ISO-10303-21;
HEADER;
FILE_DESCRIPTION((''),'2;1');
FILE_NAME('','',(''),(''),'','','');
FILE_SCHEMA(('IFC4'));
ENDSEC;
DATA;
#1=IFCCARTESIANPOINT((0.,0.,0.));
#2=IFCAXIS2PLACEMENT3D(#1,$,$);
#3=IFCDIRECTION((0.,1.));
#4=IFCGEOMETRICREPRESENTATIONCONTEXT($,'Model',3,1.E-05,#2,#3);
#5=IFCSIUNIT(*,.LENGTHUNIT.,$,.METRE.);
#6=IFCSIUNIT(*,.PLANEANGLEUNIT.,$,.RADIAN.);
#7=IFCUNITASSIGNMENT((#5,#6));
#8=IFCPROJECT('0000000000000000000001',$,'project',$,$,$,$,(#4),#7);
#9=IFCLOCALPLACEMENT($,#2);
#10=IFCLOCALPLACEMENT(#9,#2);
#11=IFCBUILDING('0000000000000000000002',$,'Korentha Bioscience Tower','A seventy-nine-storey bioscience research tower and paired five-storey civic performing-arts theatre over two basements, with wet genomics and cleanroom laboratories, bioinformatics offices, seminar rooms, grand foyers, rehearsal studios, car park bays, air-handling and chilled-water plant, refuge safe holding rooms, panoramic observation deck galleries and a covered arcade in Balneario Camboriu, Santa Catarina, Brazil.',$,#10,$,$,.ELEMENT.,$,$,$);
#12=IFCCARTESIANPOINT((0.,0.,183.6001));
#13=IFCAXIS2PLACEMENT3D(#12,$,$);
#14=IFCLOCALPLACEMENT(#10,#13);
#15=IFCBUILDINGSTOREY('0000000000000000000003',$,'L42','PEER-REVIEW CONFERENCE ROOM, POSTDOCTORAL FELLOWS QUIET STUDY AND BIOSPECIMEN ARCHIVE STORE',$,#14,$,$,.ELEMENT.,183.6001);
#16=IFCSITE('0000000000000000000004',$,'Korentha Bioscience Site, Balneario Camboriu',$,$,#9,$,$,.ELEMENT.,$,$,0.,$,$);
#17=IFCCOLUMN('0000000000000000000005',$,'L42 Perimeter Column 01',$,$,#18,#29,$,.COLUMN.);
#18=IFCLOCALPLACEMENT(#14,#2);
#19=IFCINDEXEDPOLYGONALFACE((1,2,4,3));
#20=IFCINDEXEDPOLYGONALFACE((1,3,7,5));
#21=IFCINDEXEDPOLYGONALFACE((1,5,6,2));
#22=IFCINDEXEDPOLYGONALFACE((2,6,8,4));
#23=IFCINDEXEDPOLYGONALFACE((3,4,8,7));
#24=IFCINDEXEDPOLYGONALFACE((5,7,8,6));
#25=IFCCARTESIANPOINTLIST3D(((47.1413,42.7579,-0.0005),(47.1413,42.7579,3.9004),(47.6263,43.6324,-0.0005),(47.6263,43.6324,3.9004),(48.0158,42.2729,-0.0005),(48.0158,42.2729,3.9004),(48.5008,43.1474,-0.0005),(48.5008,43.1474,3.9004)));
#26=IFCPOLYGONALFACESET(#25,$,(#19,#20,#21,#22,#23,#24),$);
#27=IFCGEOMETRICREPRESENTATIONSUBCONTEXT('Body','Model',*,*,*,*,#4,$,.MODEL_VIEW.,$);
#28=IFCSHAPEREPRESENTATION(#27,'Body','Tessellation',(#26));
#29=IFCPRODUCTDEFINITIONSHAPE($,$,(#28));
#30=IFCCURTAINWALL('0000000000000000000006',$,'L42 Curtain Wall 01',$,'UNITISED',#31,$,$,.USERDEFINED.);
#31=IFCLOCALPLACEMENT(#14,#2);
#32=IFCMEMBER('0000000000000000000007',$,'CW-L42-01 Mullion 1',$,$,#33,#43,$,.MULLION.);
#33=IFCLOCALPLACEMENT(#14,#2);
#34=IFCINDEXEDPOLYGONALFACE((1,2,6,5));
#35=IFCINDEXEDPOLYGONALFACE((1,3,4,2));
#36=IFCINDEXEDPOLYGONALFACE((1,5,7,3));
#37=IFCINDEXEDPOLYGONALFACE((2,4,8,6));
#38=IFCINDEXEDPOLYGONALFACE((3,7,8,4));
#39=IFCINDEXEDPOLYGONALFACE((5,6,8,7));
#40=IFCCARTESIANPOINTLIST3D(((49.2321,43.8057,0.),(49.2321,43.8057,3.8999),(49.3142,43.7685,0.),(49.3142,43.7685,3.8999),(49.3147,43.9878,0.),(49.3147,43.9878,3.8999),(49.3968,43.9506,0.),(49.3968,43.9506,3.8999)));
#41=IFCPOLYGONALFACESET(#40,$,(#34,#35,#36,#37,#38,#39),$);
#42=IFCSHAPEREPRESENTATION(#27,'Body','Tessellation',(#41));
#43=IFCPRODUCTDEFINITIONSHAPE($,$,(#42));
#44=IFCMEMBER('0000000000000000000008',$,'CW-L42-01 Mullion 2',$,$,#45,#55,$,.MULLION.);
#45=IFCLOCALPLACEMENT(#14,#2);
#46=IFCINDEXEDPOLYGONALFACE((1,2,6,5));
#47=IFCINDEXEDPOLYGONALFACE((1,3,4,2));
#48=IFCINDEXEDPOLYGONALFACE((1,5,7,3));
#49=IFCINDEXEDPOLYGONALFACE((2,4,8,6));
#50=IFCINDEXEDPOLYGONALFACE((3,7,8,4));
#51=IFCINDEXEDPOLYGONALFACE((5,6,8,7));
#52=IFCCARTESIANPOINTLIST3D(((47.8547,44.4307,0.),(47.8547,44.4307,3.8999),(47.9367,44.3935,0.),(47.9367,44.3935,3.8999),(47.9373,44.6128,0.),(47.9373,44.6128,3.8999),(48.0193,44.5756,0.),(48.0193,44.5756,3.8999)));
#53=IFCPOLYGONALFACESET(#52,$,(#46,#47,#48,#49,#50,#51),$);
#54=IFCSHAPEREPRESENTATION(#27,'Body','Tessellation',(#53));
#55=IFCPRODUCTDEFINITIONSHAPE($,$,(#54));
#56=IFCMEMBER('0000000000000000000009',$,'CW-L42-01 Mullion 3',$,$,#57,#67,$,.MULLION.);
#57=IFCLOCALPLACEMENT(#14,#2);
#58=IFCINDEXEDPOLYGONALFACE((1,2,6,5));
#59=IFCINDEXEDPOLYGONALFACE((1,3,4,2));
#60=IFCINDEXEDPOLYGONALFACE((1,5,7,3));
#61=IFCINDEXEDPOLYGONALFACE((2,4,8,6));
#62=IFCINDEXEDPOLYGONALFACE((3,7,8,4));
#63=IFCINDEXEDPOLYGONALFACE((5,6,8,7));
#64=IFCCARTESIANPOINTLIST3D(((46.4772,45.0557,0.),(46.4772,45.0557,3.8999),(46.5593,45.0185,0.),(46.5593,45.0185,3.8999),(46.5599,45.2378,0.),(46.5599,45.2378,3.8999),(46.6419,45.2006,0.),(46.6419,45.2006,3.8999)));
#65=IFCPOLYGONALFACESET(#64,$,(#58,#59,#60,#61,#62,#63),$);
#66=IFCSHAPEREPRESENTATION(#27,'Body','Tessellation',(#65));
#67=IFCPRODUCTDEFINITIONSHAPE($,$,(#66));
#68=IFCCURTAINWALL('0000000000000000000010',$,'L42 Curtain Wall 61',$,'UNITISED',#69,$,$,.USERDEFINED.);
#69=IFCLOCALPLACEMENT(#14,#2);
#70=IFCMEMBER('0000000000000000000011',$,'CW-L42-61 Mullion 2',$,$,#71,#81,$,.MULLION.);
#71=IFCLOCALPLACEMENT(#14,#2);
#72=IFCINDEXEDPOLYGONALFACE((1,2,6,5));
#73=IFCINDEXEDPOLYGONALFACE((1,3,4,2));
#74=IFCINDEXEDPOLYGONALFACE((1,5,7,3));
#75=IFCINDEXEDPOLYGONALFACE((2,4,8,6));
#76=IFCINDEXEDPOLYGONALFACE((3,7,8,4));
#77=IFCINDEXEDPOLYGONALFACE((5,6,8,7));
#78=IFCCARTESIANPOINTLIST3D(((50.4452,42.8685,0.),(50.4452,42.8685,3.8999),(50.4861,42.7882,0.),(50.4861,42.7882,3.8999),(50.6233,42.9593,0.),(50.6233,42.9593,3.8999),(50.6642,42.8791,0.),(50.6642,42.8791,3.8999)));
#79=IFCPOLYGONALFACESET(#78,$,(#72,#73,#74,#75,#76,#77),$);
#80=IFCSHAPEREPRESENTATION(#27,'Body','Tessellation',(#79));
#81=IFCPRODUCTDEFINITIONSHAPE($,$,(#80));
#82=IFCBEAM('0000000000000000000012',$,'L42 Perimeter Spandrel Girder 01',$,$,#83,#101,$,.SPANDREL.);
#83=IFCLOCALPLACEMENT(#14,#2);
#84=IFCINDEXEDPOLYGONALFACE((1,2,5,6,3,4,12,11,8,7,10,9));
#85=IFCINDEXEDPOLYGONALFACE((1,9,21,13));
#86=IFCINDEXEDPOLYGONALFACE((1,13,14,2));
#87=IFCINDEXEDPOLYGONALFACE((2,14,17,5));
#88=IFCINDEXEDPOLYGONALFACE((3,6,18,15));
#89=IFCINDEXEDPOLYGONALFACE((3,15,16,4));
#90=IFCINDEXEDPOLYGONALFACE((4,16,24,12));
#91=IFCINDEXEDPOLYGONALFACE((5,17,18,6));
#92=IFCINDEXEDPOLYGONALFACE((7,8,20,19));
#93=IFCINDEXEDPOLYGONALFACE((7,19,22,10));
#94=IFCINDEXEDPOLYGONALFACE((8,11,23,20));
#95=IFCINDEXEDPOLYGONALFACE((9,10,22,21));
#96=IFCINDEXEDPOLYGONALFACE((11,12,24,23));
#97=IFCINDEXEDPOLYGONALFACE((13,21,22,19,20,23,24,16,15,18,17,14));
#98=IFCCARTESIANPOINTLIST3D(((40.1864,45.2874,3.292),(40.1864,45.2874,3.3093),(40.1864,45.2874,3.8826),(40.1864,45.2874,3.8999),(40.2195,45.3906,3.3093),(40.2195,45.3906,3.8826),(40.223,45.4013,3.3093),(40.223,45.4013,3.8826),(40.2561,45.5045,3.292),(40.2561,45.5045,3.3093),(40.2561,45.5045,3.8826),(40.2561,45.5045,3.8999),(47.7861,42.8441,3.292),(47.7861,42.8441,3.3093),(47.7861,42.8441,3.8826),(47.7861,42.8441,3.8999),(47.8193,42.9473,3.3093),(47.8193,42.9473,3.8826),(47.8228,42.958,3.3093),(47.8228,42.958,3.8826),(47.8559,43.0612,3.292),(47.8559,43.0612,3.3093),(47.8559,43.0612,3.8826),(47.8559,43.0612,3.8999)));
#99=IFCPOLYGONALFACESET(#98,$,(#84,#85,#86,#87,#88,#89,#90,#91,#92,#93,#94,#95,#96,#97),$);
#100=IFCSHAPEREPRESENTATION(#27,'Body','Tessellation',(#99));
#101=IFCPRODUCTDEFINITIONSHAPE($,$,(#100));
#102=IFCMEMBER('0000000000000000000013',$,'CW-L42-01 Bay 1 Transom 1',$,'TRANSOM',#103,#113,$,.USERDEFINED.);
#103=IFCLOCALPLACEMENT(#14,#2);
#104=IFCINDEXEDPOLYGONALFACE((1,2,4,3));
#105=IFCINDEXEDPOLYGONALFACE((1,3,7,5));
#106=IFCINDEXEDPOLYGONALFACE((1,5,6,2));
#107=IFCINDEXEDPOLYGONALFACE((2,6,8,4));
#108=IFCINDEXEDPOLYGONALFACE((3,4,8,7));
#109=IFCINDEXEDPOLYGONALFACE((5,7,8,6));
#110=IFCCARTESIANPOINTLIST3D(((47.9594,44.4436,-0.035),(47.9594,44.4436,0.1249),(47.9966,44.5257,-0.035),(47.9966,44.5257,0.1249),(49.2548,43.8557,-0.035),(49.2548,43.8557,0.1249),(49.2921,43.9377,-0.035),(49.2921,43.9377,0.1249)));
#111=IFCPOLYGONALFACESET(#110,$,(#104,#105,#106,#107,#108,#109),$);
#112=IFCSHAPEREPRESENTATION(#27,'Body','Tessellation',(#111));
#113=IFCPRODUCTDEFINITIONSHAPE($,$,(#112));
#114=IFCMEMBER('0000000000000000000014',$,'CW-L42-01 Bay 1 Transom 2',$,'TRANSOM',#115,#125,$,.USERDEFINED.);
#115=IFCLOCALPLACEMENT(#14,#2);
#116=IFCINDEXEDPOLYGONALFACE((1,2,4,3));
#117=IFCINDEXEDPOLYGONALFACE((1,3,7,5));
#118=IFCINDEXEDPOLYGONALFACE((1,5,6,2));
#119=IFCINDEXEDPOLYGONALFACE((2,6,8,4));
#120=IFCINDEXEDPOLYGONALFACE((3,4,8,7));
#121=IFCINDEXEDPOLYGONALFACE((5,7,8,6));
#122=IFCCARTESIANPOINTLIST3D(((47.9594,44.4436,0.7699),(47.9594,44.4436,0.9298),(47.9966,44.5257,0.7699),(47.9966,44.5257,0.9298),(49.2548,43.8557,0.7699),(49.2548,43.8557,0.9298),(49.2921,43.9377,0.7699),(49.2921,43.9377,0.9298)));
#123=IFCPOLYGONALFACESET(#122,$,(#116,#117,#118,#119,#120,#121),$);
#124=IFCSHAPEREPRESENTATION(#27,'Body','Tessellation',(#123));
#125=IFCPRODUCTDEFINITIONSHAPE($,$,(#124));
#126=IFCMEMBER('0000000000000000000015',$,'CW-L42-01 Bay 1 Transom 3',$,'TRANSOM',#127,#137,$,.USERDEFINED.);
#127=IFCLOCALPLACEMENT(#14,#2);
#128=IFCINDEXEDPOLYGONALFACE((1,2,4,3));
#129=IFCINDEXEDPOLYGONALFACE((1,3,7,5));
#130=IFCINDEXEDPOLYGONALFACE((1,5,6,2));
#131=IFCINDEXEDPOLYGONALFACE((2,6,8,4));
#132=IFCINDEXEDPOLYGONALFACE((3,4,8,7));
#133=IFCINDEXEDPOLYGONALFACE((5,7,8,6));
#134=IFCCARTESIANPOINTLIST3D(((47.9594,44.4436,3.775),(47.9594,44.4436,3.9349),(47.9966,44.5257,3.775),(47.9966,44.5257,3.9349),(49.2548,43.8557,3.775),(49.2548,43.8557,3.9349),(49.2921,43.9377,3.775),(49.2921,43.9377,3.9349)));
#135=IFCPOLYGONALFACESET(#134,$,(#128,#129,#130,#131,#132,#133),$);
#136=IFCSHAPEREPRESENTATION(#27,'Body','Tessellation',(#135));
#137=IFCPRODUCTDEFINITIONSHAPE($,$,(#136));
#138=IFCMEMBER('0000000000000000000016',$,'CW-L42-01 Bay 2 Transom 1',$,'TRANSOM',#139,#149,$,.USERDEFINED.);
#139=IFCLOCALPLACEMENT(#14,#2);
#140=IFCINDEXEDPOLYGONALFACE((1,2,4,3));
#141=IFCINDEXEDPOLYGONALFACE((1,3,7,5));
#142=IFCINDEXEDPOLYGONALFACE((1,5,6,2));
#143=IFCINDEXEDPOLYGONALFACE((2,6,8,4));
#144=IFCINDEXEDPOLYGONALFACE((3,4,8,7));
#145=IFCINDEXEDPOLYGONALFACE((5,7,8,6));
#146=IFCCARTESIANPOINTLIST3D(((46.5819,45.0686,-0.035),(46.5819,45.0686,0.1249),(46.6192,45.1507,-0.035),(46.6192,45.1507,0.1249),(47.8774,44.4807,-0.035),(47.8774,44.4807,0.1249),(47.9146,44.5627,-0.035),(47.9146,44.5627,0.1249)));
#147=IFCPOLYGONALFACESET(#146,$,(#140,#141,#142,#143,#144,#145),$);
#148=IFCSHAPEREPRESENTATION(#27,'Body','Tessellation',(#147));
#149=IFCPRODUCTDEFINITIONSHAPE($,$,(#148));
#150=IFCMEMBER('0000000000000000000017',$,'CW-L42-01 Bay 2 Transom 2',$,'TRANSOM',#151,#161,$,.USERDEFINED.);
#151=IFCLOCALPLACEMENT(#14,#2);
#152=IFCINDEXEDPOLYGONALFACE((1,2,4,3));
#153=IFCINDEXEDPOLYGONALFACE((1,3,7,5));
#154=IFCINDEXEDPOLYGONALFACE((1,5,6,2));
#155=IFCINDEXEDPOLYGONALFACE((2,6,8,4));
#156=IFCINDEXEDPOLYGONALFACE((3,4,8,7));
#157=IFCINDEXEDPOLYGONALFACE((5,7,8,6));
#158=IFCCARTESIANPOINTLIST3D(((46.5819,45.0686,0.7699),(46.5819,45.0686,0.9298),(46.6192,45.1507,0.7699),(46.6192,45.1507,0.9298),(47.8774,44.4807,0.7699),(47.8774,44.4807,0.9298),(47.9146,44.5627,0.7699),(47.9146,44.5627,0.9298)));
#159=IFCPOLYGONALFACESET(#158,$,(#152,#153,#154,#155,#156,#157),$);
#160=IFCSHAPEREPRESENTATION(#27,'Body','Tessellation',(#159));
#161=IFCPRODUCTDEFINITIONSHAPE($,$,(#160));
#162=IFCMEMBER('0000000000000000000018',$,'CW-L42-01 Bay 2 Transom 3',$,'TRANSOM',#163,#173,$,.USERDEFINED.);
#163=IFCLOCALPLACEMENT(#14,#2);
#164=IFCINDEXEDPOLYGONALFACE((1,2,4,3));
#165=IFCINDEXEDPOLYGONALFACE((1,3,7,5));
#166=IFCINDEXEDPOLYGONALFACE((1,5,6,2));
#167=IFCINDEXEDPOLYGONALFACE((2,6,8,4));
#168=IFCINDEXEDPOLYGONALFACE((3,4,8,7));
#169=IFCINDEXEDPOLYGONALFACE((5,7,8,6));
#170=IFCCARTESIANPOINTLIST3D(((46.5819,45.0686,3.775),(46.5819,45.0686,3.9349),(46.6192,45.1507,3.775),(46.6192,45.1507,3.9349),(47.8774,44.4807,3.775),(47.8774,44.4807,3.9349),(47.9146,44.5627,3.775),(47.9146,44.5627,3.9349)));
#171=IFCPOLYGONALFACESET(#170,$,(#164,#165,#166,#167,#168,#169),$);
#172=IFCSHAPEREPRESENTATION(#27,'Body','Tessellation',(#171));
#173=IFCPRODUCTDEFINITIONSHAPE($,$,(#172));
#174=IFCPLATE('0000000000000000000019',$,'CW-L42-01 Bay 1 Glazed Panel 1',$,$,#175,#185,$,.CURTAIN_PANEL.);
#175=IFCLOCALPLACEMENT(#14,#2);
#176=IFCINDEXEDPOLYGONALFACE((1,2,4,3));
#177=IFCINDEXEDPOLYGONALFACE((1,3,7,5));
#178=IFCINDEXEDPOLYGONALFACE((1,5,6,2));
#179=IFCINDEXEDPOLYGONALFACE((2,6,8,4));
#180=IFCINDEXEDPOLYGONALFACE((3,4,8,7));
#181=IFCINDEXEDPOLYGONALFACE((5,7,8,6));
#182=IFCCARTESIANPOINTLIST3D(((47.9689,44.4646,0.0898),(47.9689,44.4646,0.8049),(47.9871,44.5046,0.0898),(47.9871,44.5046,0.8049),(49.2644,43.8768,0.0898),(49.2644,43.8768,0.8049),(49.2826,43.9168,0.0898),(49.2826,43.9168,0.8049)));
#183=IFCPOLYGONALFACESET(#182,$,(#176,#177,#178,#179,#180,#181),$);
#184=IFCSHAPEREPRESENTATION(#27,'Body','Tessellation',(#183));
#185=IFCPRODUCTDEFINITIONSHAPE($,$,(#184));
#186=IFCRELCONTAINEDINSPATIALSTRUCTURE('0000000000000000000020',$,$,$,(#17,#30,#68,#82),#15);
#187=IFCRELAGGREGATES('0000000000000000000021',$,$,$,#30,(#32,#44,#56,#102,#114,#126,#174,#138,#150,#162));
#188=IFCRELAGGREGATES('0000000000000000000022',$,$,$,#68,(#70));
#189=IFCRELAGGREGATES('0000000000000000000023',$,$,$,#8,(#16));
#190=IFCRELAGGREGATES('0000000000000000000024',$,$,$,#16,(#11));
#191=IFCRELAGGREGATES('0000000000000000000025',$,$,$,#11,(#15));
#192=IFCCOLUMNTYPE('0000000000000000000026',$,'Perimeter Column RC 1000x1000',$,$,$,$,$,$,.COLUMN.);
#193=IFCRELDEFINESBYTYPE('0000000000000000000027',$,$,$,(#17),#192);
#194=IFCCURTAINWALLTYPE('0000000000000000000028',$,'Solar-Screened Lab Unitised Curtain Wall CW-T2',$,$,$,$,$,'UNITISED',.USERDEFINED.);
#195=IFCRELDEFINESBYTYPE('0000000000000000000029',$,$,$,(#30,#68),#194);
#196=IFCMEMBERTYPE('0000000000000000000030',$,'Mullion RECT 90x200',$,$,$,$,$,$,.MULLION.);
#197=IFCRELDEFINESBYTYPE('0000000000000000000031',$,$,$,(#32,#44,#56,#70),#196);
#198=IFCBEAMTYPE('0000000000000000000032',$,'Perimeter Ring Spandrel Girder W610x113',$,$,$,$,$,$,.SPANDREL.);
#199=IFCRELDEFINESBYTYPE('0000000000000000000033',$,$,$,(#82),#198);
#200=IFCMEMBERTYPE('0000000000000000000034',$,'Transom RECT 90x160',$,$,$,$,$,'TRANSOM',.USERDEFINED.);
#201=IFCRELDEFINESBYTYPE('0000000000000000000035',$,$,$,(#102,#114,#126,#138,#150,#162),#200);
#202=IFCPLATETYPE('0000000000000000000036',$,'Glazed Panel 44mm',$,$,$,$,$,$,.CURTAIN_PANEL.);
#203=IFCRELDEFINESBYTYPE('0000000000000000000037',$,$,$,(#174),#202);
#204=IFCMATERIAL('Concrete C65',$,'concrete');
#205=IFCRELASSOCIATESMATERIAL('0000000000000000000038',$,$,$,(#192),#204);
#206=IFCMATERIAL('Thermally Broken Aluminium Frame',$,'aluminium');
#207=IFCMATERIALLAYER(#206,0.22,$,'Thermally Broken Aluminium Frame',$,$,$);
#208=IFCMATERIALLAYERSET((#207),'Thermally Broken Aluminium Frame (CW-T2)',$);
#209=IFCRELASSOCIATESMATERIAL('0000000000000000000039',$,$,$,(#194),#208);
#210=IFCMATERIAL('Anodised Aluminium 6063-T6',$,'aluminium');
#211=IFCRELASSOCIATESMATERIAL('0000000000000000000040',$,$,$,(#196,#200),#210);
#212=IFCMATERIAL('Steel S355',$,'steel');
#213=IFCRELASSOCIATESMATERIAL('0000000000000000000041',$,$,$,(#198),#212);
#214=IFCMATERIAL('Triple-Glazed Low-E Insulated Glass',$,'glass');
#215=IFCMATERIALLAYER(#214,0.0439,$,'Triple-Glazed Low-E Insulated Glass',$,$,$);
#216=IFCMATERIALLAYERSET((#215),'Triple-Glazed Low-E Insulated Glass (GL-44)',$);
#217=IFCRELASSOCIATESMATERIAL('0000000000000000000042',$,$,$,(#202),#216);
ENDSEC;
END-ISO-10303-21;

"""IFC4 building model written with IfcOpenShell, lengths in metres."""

from ifc_helpers import new_model, si_unit, direction, frame, origin, origin_2d, place, context, subcontext, project, spatial, rectangle, i_section, extrude, material, layer, layer_set, material_profile, profile_set, type_object, element, aggregate, save


model = new_model("IFC4")

# Units and contexts
model_context = context("Model", 3, precision=1e-05, world=origin(), true_north=direction((0.0, 1.0)))
body_context = subcontext(model_context, "Body", "Model", "MODEL_VIEW")
ifc_project = project(units=[si_unit("LENGTHUNIT", "METRE"), si_unit("PLANEANGLEUNIT", "RADIAN")], contexts=[model_context])

# Site, building, storey
site_placement = place(None, origin())
site = spatial("IfcSite", under=ifc_project, at=site_placement, Name="Korentha Bioscience Site, Balneario Camboriu", CompositionType="ELEMENT", RefElevation=0.0)
building_placement = place(site_placement, origin())
building = spatial("IfcBuilding", under=site, at=building_placement, Name="Korentha Bioscience Tower", Description="A seventy-nine-storey bioscience research tower and paired five-storey civic performing-arts theatre over two basements, with wet genomics and cleanroom laboratories, bioinformatics offices, seminar rooms, grand foyers, rehearsal studios, car park bays, air-handling and chilled-water plant, refuge safe holding rooms, panoramic observation deck galleries and a covered arcade in Balneario Camboriu, Santa Catarina, Brazil.", CompositionType="ELEMENT")
storey_placement = place(building_placement, frame((0.0, 0.0, 183.6001)))
storey = spatial("IfcBuildingStorey", under=building, at=storey_placement, Name="L42", Description="PEER-REVIEW CONFERENCE ROOM, POSTDOCTORAL FELLOWS QUIET STUDY AND BIOSPECIMEN ARCHIVE STORE", CompositionType="ELEMENT", Elevation=183.6001)

# Column
ifc_material_1 = material(Name="Concrete C65", Category="concrete")
ifc_material_profile_1 = material_profile(ifc_material_1, rectangle(XDim=1.0, YDim=1.0, at=origin_2d()), Name="Concrete C65")
ifc_profile_set_1 = profile_set([ifc_material_profile_1], Name="Concrete C65 (COL-P10)")
column_type = type_object("IfcColumnType", Name="Perimeter Column RC 1000x1000", PredefinedType="COLUMN", material=ifc_profile_set_1)
column_placement = place(storey_placement, frame((47.821, 42.9526, -0.0005), z_axis=(0.0, 0.0, 1.0), x_axis=(-0.874535, 0.484962, 0.0)))
element("IfcColumn", 1, at=column_placement, inside=storey, type_object=column_type, Name="L42 Perimeter Column 01", PredefinedType="COLUMN", context=body_context, shape_type="SweptSolid", body=[
    extrude(rectangle(XDim=1.0, YDim=1.0, at=origin_2d()), origin(), (0.0, 0.0, 1.0), 3.9009),
])

# Curtain wall, members
ifc_material_2 = material(Name="Thermally Broken Aluminium Frame", Category="aluminium")
ifc_layer_1 = layer(ifc_material_2, 0.22, Name="Thermally Broken Aluminium Frame")
ifc_layer_set_1 = layer_set([ifc_layer_1], Name="Thermally Broken Aluminium Frame (CW-T2)")
curtain_wall_type = type_object("IfcCurtainWallType", Name="Solar-Screened Lab Unitised Curtain Wall CW-T2", ElementType="UNITISED", PredefinedType="USERDEFINED", material=ifc_layer_set_1)
curtain_wall_1_placement = place(storey_placement, origin())
curtain_wall_1 = element("IfcCurtainWall", 2, at=curtain_wall_1_placement, inside=storey, type_object=curtain_wall_type, Name="L42 Curtain Wall 01", ObjectType="UNITISED", PredefinedType="USERDEFINED")
ifc_material_3 = material(Name="Anodised Aluminium 6063-T6", Category="aluminium")
ifc_material_profile_2 = material_profile(ifc_material_3, rectangle(XDim=0.0901, YDim=0.2, at=origin_2d()), Name="Anodised Aluminium 6063-T6")
ifc_profile_set_2 = profile_set([ifc_material_profile_2], Name="Anodised Aluminium 6063-T6 (CW-MUL)")
member_type_1 = type_object("IfcMemberType", Name="Mullion RECT 90x200", PredefinedType="MULLION", material=ifc_profile_set_2)
member_1_placement = place(storey_placement, frame((49.3145, 43.8782, 0.0), z_axis=(0.0, 0.0, 1.0), x_axis=(-0.910644, 0.413191, 0.0)))
member_1 = element("IfcMember", 3, at=member_1_placement, type_object=member_type_1, Name="CW-L42-01 Mullion 1", PredefinedType="MULLION", context=body_context, shape_type="SweptSolid", body=[
    extrude(rectangle(XDim=0.0901, YDim=0.2, at=origin_2d()), origin(), (0.0, 0.0, 1.0), 3.8999),
])
member_2_placement = place(storey_placement, frame((47.937, 44.5032, 0.0), z_axis=(0.0, 0.0, 1.0), x_axis=(-0.910644, 0.413191, 0.0)))
member_2 = element("IfcMember", 4, at=member_2_placement, type_object=member_type_1, Name="CW-L42-01 Mullion 2", PredefinedType="MULLION", context=body_context, shape_type="SweptSolid", body=[
    extrude(rectangle(XDim=0.0901, YDim=0.2, at=origin_2d()), origin(), (0.0, 0.0, 1.0), 3.8999),
])
member_3_placement = place(storey_placement, frame((46.5596, 45.1282, 0.0), z_axis=(0.0, 0.0, 1.0), x_axis=(-0.910644, 0.413191, 0.0)))
member_3 = element("IfcMember", 5, at=member_3_placement, type_object=member_type_1, Name="CW-L42-01 Mullion 3", PredefinedType="MULLION", context=body_context, shape_type="SweptSolid", body=[
    extrude(rectangle(XDim=0.0901, YDim=0.2, at=origin_2d()), origin(), (0.0, 0.0, 1.0), 3.8999),
])

# Curtain wall, member
curtain_wall_2_placement = place(storey_placement, origin())
curtain_wall_2 = element("IfcCurtainWall", 6, at=curtain_wall_2_placement, inside=storey, type_object=curtain_wall_type, Name="L42 Curtain Wall 61", ObjectType="UNITISED", PredefinedType="USERDEFINED")
member_4_placement = place(storey_placement, frame((50.5547, 42.8738, 0.0), z_axis=(0.0, 0.0, 1.0), x_axis=(-0.454288, 0.890855, 0.0)))
member_4 = element("IfcMember", 7, at=member_4_placement, type_object=member_type_1, Name="CW-L42-61 Mullion 2", PredefinedType="MULLION", context=body_context, shape_type="SweptSolid", body=[
    extrude(rectangle(XDim=0.0901, YDim=0.2, at=origin_2d()), origin(), (0.0, 0.0, 1.0), 3.8999),
])

# Beam
ifc_material_4 = material(Name="Steel S355", Category="steel")
ifc_material_profile_3 = material_profile(ifc_material_4, i_section(OverallWidth=0.228, OverallDepth=0.6079, WebThickness=0.0112, FlangeThickness=0.0173, at=origin_2d()), Name="Steel S355")
ifc_profile_set_3 = profile_set([ifc_material_profile_3], Name="Steel S355 (SB-610)")
beam_type = type_object("IfcBeamType", Name="Perimeter Ring Spandrel Girder W610x113", PredefinedType="SPANDREL", material=ifc_profile_set_3)
beam_placement = place(storey_placement, frame((47.821, 42.9526, 3.5959), z_axis=(-0.952009, 0.306072, 0.0), x_axis=(-0.306072, -0.952009, 0.0)))
element("IfcBeam", 8, at=beam_placement, inside=storey, type_object=beam_type, Name="L42 Perimeter Spandrel Girder 01", PredefinedType="SPANDREL", context=body_context, shape_type="SweptSolid", body=[
    extrude(i_section(OverallWidth=0.228, OverallDepth=0.6079, WebThickness=0.0112, FlangeThickness=0.0173, at=origin_2d()), origin(), (0.0, 0.0, 1.0), 7.9829),
])

# Members
ifc_material_profile_4 = material_profile(ifc_material_3, rectangle(XDim=0.0901, YDim=0.1599, at=origin_2d()), Name="Anodised Aluminium 6063-T6")
ifc_profile_set_4 = profile_set([ifc_material_profile_4], Name="Anodised Aluminium 6063-T6 (CW-TRN)")
member_type_2 = type_object("IfcMemberType", Name="Transom RECT 90x160", ElementType="TRANSOM", PredefinedType="USERDEFINED", material=ifc_profile_set_4)
member_5_placement = place(storey_placement, frame((49.2734, 43.8967, 0.0449), z_axis=(-0.910613, 0.41326, 0.0), x_axis=(-0.41326, -0.910613, 0.0)))
member_5 = element("IfcMember", 9, at=member_5_placement, type_object=member_type_2, Name="CW-L42-01 Bay 1 Transom 1", ObjectType="TRANSOM", PredefinedType="USERDEFINED", context=body_context, shape_type="SweptSolid", body=[
    extrude(rectangle(XDim=0.0901, YDim=0.1599, at=origin_2d()), origin(), (0.0, 0.0, 1.0), 1.4226),
])
member_6_placement = place(storey_placement, frame((49.2734, 43.8967, 0.8499), z_axis=(-0.910613, 0.41326, 0.0), x_axis=(-0.41326, -0.910613, 0.0)))
member_6 = element("IfcMember", 10, at=member_6_placement, type_object=member_type_2, Name="CW-L42-01 Bay 1 Transom 2", ObjectType="TRANSOM", PredefinedType="USERDEFINED", context=body_context, shape_type="SweptSolid", body=[
    extrude(rectangle(XDim=0.0901, YDim=0.1599, at=origin_2d()), origin(), (0.0, 0.0, 1.0), 1.4226),
])
member_7_placement = place(storey_placement, frame((49.2734, 43.8967, 3.855), z_axis=(-0.910613, 0.41326, 0.0), x_axis=(-0.41326, -0.910613, 0.0)))
member_7 = element("IfcMember", 11, at=member_7_placement, type_object=member_type_2, Name="CW-L42-01 Bay 1 Transom 3", ObjectType="TRANSOM", PredefinedType="USERDEFINED", context=body_context, shape_type="SweptSolid", body=[
    extrude(rectangle(XDim=0.0901, YDim=0.1599, at=origin_2d()), origin(), (0.0, 0.0, 1.0), 1.4226),
])
member_8_placement = place(storey_placement, frame((47.896, 44.5217, 0.0449), z_axis=(-0.910613, 0.41326, 0.0), x_axis=(-0.41326, -0.910613, 0.0)))
member_8 = element("IfcMember", 12, at=member_8_placement, type_object=member_type_2, Name="CW-L42-01 Bay 2 Transom 1", ObjectType="TRANSOM", PredefinedType="USERDEFINED", context=body_context, shape_type="SweptSolid", body=[
    extrude(rectangle(XDim=0.0901, YDim=0.1599, at=origin_2d()), origin(), (0.0, 0.0, 1.0), 1.4226),
])
member_9_placement = place(storey_placement, frame((47.896, 44.5217, 0.8499), z_axis=(-0.910613, 0.41326, 0.0), x_axis=(-0.41326, -0.910613, 0.0)))
member_9 = element("IfcMember", 13, at=member_9_placement, type_object=member_type_2, Name="CW-L42-01 Bay 2 Transom 2", ObjectType="TRANSOM", PredefinedType="USERDEFINED", context=body_context, shape_type="SweptSolid", body=[
    extrude(rectangle(XDim=0.0901, YDim=0.1599, at=origin_2d()), origin(), (0.0, 0.0, 1.0), 1.4226),
])
member_10_placement = place(storey_placement, frame((47.896, 44.5217, 3.855), z_axis=(-0.910613, 0.41326, 0.0), x_axis=(-0.41326, -0.910613, 0.0)))
member_10 = element("IfcMember", 14, at=member_10_placement, type_object=member_type_2, Name="CW-L42-01 Bay 2 Transom 3", ObjectType="TRANSOM", PredefinedType="USERDEFINED", context=body_context, shape_type="SweptSolid", body=[
    extrude(rectangle(XDim=0.0901, YDim=0.1599, at=origin_2d()), origin(), (0.0, 0.0, 1.0), 1.4226),
])

# Plate
ifc_material_5 = material(Name="Triple-Glazed Low-E Insulated Glass", Category="glass")
ifc_layer_2 = layer(ifc_material_5, 0.0439, Name="Triple-Glazed Low-E Insulated Glass")
ifc_layer_set_2 = layer_set([ifc_layer_2], Name="Triple-Glazed Low-E Insulated Glass (GL-44)")
plate_type = type_object("IfcPlateType", Name="Glazed Panel 44mm", PredefinedType="CURTAIN_PANEL", material=ifc_layer_set_2)
plate_1_placement = place(storey_placement, frame((48.6257, 44.1907, 0.0898), z_axis=(0.0, 0.0, 1.0), x_axis=(-0.910644, 0.413191, 0.0)))
plate_1 = element("IfcPlate", 15, at=plate_1_placement, type_object=plate_type, Name="CW-L42-01 Bay 1 Glazed Panel 1", PredefinedType="CURTAIN_PANEL", context=body_context, shape_type="SweptSolid", body=[
    extrude(rectangle(XDim=1.4226, YDim=0.0439, at=origin_2d()), origin(), (0.0, 0.0, 1.0), 0.7151),
])
aggregate(curtain_wall_1, [member_1, member_2, member_3, member_5, member_6, member_7, plate_1, member_8, member_9, member_10])
aggregate(curtain_wall_2, [member_4])

save(model, "model.ifc")
